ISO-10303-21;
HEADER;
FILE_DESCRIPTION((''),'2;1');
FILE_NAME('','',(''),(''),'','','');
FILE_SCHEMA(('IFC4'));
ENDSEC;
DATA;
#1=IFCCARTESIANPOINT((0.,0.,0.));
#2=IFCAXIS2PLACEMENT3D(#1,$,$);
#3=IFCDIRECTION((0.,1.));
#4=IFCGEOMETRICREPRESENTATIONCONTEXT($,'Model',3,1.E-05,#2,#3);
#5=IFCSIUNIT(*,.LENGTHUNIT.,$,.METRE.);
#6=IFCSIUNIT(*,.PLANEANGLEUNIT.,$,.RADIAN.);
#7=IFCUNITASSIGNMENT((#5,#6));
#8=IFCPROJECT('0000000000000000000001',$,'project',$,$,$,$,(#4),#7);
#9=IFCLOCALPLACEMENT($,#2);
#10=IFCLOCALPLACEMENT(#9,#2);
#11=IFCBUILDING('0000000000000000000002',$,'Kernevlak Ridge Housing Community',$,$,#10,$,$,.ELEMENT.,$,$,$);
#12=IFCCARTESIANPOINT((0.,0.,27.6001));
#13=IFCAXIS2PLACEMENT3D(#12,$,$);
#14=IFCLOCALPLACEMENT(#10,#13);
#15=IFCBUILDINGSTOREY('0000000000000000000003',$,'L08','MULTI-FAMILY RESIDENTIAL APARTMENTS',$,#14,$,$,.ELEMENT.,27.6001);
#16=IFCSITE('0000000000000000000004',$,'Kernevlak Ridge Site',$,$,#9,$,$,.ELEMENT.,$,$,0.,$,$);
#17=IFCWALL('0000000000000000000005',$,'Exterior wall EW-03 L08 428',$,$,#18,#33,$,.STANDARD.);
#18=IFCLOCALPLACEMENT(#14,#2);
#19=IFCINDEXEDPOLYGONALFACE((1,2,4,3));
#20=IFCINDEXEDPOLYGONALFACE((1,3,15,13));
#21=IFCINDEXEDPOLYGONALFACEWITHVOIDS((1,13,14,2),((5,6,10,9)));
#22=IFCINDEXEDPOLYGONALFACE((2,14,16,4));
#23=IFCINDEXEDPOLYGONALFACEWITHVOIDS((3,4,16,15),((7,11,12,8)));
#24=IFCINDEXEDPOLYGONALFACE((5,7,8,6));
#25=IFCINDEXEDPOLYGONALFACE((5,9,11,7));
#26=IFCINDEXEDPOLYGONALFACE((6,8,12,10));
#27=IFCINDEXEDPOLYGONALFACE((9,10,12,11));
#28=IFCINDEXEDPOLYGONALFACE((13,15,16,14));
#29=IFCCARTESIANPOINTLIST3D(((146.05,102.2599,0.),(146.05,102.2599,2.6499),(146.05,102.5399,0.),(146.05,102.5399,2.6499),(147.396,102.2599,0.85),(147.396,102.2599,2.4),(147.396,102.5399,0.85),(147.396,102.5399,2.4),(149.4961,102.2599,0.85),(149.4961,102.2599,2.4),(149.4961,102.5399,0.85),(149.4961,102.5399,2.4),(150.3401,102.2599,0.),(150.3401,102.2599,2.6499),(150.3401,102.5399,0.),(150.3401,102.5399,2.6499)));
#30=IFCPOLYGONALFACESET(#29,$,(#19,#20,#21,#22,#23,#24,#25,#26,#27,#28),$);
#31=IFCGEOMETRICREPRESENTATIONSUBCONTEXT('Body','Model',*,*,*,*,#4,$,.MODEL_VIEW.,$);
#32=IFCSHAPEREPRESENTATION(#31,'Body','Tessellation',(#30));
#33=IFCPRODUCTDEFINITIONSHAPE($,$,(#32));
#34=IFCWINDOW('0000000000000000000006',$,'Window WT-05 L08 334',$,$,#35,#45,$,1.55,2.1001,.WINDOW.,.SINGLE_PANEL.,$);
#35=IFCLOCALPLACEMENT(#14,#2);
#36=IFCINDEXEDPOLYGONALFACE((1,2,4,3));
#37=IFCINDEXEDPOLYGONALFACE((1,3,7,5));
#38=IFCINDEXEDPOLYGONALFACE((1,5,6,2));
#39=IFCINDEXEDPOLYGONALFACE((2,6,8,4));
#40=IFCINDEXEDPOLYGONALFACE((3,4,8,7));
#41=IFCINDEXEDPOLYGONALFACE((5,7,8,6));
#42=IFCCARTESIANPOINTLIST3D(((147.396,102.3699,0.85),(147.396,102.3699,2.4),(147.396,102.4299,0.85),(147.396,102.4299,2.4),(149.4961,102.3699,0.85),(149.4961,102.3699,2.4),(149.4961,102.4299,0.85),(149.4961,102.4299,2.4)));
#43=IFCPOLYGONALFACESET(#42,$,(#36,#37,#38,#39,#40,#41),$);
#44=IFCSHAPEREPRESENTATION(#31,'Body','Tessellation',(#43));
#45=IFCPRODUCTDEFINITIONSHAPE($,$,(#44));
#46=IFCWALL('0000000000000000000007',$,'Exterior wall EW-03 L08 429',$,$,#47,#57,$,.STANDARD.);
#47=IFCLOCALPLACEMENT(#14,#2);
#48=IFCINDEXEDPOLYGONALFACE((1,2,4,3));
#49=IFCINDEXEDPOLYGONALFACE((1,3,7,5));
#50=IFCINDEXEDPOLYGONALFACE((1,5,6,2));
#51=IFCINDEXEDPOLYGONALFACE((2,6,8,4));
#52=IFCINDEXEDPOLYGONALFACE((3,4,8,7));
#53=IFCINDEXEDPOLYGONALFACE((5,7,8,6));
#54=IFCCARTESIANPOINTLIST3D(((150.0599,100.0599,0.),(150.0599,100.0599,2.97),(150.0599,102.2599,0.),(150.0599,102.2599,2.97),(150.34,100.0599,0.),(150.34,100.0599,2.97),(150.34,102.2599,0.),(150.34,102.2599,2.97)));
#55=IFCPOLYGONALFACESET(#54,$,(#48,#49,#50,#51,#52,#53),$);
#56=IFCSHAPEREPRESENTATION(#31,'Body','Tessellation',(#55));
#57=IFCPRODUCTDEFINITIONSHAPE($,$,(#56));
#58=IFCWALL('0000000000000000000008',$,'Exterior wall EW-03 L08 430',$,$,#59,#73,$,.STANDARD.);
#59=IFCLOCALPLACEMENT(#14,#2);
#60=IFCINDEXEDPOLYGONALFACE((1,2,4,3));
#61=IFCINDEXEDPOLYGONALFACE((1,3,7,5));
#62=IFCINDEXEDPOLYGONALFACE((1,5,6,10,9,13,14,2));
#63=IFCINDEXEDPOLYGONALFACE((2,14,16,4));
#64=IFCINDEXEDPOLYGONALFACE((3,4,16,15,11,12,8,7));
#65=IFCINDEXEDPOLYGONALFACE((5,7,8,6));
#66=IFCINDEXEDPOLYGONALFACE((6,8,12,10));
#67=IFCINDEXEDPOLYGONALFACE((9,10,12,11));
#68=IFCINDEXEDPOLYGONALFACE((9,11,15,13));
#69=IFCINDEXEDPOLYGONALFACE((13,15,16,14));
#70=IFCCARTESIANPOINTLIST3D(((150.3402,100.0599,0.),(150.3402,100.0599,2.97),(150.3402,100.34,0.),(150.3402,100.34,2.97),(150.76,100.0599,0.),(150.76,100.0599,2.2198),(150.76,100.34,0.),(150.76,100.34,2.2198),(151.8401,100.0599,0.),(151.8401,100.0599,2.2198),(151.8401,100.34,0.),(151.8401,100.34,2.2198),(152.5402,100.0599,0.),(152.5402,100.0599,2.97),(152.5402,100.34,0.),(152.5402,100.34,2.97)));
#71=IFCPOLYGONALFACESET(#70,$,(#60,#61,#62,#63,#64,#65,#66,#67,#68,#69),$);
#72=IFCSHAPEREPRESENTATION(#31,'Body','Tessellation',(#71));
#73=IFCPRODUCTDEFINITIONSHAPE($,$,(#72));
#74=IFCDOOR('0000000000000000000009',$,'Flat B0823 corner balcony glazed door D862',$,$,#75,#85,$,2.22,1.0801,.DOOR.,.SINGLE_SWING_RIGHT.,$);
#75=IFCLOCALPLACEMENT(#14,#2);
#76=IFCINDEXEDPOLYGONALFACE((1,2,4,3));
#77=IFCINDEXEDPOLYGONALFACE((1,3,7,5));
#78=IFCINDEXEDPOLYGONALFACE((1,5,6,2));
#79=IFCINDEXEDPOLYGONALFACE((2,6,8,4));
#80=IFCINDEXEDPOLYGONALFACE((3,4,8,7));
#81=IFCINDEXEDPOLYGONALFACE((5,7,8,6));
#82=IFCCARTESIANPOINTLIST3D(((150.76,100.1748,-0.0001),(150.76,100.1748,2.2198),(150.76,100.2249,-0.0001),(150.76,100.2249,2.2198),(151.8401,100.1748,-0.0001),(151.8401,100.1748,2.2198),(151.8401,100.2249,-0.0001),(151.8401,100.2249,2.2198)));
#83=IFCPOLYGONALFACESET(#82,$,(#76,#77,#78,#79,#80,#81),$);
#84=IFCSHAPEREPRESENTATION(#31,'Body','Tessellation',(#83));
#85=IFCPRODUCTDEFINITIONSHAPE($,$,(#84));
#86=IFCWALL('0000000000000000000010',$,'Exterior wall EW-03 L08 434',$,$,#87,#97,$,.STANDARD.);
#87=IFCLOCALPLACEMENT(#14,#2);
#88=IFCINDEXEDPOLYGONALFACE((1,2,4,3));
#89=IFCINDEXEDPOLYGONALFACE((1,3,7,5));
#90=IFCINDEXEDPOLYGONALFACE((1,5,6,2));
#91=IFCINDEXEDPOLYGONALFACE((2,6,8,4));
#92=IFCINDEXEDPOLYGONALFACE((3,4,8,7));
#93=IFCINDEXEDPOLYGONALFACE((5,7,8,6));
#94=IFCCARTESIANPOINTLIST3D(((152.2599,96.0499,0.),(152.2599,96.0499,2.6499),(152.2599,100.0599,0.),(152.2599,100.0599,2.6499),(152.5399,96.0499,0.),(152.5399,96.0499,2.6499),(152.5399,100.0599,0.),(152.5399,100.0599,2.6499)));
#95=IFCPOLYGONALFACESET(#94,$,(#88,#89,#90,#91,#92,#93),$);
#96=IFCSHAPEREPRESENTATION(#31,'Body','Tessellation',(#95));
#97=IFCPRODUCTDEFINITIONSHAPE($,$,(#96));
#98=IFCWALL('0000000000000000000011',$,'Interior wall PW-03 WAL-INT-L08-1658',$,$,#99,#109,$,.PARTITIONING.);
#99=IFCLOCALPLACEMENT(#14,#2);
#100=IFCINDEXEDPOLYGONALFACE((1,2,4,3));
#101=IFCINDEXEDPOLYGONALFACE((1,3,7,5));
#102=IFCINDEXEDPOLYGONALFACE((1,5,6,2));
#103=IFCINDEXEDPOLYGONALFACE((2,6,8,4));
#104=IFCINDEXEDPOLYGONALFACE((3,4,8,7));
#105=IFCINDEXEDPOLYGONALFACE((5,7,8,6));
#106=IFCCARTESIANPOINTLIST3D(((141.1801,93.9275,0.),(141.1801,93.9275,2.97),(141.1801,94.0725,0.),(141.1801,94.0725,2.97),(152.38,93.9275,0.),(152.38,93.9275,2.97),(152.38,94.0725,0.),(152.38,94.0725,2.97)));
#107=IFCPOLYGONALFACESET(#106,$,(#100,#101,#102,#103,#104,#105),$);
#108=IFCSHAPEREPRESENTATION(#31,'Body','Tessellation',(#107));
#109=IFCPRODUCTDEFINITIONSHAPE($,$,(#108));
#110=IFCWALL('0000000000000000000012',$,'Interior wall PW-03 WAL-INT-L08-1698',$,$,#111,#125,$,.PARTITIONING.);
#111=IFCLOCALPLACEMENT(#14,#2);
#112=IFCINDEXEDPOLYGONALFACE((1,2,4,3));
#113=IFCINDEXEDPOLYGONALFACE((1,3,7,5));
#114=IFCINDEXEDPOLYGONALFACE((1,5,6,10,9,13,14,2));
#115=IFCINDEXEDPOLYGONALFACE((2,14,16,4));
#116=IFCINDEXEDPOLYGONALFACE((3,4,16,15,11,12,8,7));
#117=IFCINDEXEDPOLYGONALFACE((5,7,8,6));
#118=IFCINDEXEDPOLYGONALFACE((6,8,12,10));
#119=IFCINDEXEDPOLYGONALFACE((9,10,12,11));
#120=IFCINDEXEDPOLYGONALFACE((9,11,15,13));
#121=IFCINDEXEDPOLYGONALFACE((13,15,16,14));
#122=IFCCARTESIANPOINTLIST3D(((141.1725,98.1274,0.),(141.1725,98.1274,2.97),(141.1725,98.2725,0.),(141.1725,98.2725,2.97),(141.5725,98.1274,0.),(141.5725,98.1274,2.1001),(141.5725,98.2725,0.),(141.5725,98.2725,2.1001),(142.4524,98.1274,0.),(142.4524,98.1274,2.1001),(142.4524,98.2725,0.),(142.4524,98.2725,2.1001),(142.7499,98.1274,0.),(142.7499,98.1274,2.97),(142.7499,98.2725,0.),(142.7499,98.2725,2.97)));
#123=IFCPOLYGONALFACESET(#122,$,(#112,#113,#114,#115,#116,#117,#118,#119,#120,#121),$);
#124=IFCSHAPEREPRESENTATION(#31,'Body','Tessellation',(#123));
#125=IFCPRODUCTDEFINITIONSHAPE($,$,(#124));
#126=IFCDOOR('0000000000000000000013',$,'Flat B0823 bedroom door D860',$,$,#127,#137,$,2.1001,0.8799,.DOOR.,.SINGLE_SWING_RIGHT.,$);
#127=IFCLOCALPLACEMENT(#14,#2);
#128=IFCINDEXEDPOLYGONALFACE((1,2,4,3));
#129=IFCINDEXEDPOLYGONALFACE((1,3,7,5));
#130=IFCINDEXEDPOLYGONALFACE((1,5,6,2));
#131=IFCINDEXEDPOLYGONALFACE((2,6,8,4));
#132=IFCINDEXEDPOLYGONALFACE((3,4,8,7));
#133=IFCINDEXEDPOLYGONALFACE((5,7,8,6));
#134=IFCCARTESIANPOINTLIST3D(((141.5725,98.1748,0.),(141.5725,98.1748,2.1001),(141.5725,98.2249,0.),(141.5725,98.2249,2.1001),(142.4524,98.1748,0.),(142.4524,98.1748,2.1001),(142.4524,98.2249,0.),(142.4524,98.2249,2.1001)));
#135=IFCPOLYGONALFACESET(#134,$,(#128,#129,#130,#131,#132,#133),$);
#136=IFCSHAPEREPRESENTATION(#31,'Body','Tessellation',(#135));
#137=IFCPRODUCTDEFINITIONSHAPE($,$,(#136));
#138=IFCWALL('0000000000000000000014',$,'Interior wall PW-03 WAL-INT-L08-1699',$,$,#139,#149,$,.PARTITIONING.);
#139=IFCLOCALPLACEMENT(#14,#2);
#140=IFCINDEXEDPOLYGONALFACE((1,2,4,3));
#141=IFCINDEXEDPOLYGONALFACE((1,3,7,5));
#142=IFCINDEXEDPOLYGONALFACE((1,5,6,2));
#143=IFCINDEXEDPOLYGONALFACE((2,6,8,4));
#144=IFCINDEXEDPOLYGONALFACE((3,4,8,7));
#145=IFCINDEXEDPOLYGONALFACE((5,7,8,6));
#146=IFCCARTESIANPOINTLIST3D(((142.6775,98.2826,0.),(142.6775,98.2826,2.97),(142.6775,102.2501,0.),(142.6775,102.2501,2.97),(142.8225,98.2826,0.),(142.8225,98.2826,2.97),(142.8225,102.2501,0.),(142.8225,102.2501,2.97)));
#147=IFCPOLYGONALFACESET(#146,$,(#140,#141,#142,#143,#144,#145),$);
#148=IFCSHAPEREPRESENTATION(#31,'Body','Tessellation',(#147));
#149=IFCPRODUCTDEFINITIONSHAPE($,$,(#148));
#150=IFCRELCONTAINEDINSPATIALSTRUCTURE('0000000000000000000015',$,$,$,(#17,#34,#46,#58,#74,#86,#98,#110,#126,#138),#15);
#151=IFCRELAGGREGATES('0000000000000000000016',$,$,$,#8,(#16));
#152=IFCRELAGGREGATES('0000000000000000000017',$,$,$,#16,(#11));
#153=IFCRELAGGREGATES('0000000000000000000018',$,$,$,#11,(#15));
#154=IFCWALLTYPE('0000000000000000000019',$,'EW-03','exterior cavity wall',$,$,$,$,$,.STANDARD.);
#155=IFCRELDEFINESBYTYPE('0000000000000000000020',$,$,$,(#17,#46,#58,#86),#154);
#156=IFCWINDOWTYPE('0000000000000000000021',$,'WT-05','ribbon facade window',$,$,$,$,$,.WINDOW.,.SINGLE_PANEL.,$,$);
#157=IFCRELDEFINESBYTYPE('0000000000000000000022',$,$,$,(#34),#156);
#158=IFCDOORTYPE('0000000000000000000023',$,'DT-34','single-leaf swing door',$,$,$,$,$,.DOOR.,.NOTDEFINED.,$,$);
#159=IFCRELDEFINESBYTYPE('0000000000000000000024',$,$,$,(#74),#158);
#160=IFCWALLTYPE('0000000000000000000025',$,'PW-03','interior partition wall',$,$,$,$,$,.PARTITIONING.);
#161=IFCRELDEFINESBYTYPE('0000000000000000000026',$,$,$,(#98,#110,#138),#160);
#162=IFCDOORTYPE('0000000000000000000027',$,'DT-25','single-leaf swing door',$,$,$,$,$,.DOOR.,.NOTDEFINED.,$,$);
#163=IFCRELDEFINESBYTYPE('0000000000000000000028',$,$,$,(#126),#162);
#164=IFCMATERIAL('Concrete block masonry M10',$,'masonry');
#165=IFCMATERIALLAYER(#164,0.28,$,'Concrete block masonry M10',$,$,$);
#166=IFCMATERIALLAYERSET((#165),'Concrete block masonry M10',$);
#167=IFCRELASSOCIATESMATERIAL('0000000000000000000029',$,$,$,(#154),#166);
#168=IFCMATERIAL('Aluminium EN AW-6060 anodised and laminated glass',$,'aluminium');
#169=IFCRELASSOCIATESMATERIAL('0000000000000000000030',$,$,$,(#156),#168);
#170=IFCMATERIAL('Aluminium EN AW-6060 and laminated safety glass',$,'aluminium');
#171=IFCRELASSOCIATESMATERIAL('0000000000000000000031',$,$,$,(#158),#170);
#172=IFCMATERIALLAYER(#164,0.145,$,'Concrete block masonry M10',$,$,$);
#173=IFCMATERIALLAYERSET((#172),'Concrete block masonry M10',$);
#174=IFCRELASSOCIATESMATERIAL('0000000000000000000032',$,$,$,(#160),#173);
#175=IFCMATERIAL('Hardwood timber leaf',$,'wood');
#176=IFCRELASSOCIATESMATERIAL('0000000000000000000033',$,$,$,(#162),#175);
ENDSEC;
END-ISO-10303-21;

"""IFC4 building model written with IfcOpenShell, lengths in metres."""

from ifc_helpers import new_model, si_unit, direction, frame, frame_2d, origin, place, context, subcontext, project, spatial, rectangle, extrude, material, layer, layer_set, type_object, element, fill, save


model = new_model("IFC4")

# Units and contexts
model_context = context("Model", 3, precision=1e-05, world=origin(), true_north=direction((0.0, 1.0)))
body_context = subcontext(model_context, "Body", "Model", "MODEL_VIEW")
ifc_project = project(units=[si_unit("LENGTHUNIT", "METRE"), si_unit("PLANEANGLEUNIT", "RADIAN")], contexts=[model_context])

# Site, building, storey
site_placement = place(None, origin())
site = spatial("IfcSite", under=ifc_project, at=site_placement, Name="Kernevlak Ridge Site", CompositionType="ELEMENT", RefElevation=0.0)
building_placement = place(site_placement, origin())
building = spatial("IfcBuilding", under=site, at=building_placement, Name="Kernevlak Ridge Housing Community", CompositionType="ELEMENT")
storey_placement = place(building_placement, frame((0.0, 0.0, 27.6001)))
storey = spatial("IfcBuildingStorey", under=building, at=storey_placement, Name="L08", Description="MULTI-FAMILY RESIDENTIAL APARTMENTS", CompositionType="ELEMENT", Elevation=27.6001)

# Shared definitions
ifc_material_1 = material(Name="Aluminium EN AW-6060 anodised and laminated glass", Category="aluminium")

# Wall, opening, window
ifc_material_2 = material(Name="Concrete block masonry M10", Category="masonry")
ifc_layer_1 = layer(ifc_material_2, 0.28, Name="Concrete block masonry M10")
ifc_layer_set_1 = layer_set([ifc_layer_1], Name="Concrete block masonry M10")
wall_type_1 = type_object("IfcWallType", Name="EW-03", Description="exterior cavity wall", PredefinedType="STANDARD", material=ifc_layer_set_1)
wall_1_placement = place(storey_placement, frame((146.05, 102.3999, 0.0), z_axis=(0.0, 0.0, 1.0), x_axis=(1.0, 0.0, 0.0)))
wall_1 = element("IfcWall", 1, at=wall_1_placement, inside=storey, type_object=wall_type_1, Name="Exterior wall EW-03 L08 428", PredefinedType="STANDARD", context=body_context, shape_type="SweptSolid", body=[
    extrude(rectangle(XDim=4.29, YDim=0.28, at=frame_2d((2.145, 0.0))), origin(), (0.0, 0.0, 1.0), 2.6499),
])
opening_1_placement = place(wall_1_placement, frame((1.3459, 0.0, 0.8501)))
opening_1 = element("IfcOpeningElement", 2, at=opening_1_placement, cuts=wall_1, PredefinedType="OPENING", context=body_context, shape_type="SweptSolid", body=[
    extrude(rectangle(XDim=2.1001, YDim=1.55, at=frame_2d((1.05, 0.7749))), frame((0.0, 0.1499, 0.0), z_axis=(0.0, -1.0, 0.0), x_axis=(1.0, 0.0, 0.0)), (0.0, 0.0, 1.0), 0.3),
])
window_type = type_object("IfcWindowType", Name="WT-05", Description="ribbon facade window", PartitioningType="SINGLE_PANEL", PredefinedType="WINDOW", material=ifc_material_1)
window_placement = place(opening_1_placement, origin())
window = element("IfcWindow", 3, at=window_placement, inside=storey, type_object=window_type, Name="Window WT-05 L08 334", OverallHeight=1.55, OverallWidth=2.1001, PartitioningType="SINGLE_PANEL", PredefinedType="WINDOW", context=body_context, shape_type="SweptSolid", body=[
    extrude(rectangle(XDim=2.1001, YDim=1.55, at=frame_2d((1.05, 0.7749))), frame((0.0, 0.03, 0.0), z_axis=(0.0, -1.0, 0.0), x_axis=(1.0, 0.0, 0.0)), (0.0, 0.0, 1.0), 0.0601),
])
fill(opening_1, window)

# Wall
wall_2_placement = place(storey_placement, frame((150.2, 102.26, 0.0), z_axis=(0.0, 0.0, 1.0), x_axis=(0.0, -1.0, 0.0)))
element("IfcWall", 4, at=wall_2_placement, inside=storey, type_object=wall_type_1, Name="Exterior wall EW-03 L08 429", PredefinedType="STANDARD", context=body_context, shape_type="SweptSolid", body=[
    extrude(rectangle(XDim=2.2, YDim=0.28, at=frame_2d((1.1001, 0.0))), origin(), (0.0, 0.0, 1.0), 2.97),
])

# Wall, opening, door
wall_3_placement = place(storey_placement, frame((150.3401, 100.2, 0.0), z_axis=(0.0, 0.0, 1.0), x_axis=(1.0, 0.0, 0.0)))
wall_3 = element("IfcWall", 5, at=wall_3_placement, inside=storey, type_object=wall_type_1, Name="Exterior wall EW-03 L08 430", PredefinedType="STANDARD", context=body_context, shape_type="SweptSolid", body=[
    extrude(rectangle(XDim=2.2, YDim=0.28, at=frame_2d((1.1001, 0.0))), origin(), (0.0, 0.0, 1.0), 2.97),
])
opening_2_placement = place(wall_3_placement, frame((0.4199, 0.0, 0.0)))
opening_2 = element("IfcOpeningElement", 6, at=opening_2_placement, cuts=wall_3, PredefinedType="OPENING", context=body_context, shape_type="SweptSolid", body=[
    extrude(rectangle(XDim=1.0801, YDim=2.22, at=frame_2d((0.54, 1.1099))), frame((0.0, 0.1499, 0.0), z_axis=(0.0, -1.0, 0.0), x_axis=(1.0, 0.0, 0.0)), (0.0, 0.0, 1.0), 0.3),
])
ifc_material_3 = material(Name="Aluminium EN AW-6060 and laminated safety glass", Category="aluminium")
door_type_1 = type_object("IfcDoorType", Name="DT-34", Description="single-leaf swing door", OperationType="NOTDEFINED", PredefinedType="DOOR", material=ifc_material_3)
door_1_placement = place(opening_2_placement, origin())
door_1 = element("IfcDoor", 7, at=door_1_placement, inside=storey, type_object=door_type_1, Name="Flat B0823 corner balcony glazed door D862", OperationType="SINGLE_SWING_RIGHT", OverallHeight=2.22, OverallWidth=1.0801, PredefinedType="DOOR", context=body_context, shape_type="SweptSolid", body=[
    extrude(rectangle(XDim=1.0801, YDim=2.22, at=frame_2d((0.54, 1.1099))), frame((0.0, 0.0249, 0.0), z_axis=(0.0, -1.0, 0.0), x_axis=(1.0, 0.0, 0.0)), (0.0, 0.0, 1.0), 0.05),
])
fill(opening_2, door_1)

# Walls
wall_4_placement = place(storey_placement, frame((152.3999, 96.05, 0.0), z_axis=(0.0, 0.0, 1.0), x_axis=(0.0, 1.0, 0.0)))
element("IfcWall", 8, at=wall_4_placement, inside=storey, type_object=wall_type_1, Name="Exterior wall EW-03 L08 434", PredefinedType="STANDARD", context=body_context, shape_type="SweptSolid", body=[
    extrude(rectangle(XDim=4.01, YDim=0.28, at=frame_2d((2.0049, 0.0))), origin(), (0.0, 0.0, 1.0), 2.6499),
])
ifc_layer_2 = layer(ifc_material_2, 0.145, Name="Concrete block masonry M10")
ifc_layer_set_2 = layer_set([ifc_layer_2], Name="Concrete block masonry M10")
wall_type_2 = type_object("IfcWallType", Name="PW-03", Description="interior partition wall", PredefinedType="PARTITIONING", material=ifc_layer_set_2)
wall_5_placement = place(storey_placement, frame((141.1799, 94.0, 0.0), z_axis=(0.0, 0.0, 1.0), x_axis=(1.0, 0.0, 0.0)))
element("IfcWall", 9, at=wall_5_placement, inside=storey, type_object=wall_type_2, Name="Interior wall PW-03 WAL-INT-L08-1658", PredefinedType="PARTITIONING", context=body_context, shape_type="SweptSolid", body=[
    extrude(rectangle(XDim=11.2, YDim=0.145, at=frame_2d((5.6001, 0.0))), origin(), (0.0, 0.0, 1.0), 2.97),
])

# Wall, opening, door
wall_6_placement = place(storey_placement, frame((141.1726, 98.2, 0.0), z_axis=(0.0, 0.0, 1.0), x_axis=(1.0, 0.0, 0.0)))
wall_6 = element("IfcWall", 10, at=wall_6_placement, inside=storey, type_object=wall_type_2, Name="Interior wall PW-03 WAL-INT-L08-1698", PredefinedType="PARTITIONING", context=body_context, shape_type="SweptSolid", body=[
    extrude(rectangle(XDim=1.5774, YDim=0.145, at=frame_2d((0.7886, 0.0))), origin(), (0.0, 0.0, 1.0), 2.97),
])
opening_3_placement = place(wall_6_placement, frame((0.3999, 0.0, 0.0)))
opening_3 = element("IfcOpeningElement", 11, at=opening_3_placement, cuts=wall_6, PredefinedType="OPENING", context=body_context, shape_type="SweptSolid", body=[
    extrude(rectangle(XDim=0.8799, YDim=2.1001, at=frame_2d((0.4399, 1.05))), frame((0.0, 0.0825, 0.0), z_axis=(0.0, -1.0, 0.0), x_axis=(1.0, 0.0, 0.0)), (0.0, 0.0, 1.0), 0.165),
])
ifc_material_4 = material(Name="Hardwood timber leaf", Category="wood")
door_type_2 = type_object("IfcDoorType", Name="DT-25", Description="single-leaf swing door", OperationType="NOTDEFINED", PredefinedType="DOOR", material=ifc_material_4)
door_2_placement = place(opening_3_placement, origin())
door_2 = element("IfcDoor", 12, at=door_2_placement, inside=storey, type_object=door_type_2, Name="Flat B0823 bedroom door D860", OperationType="SINGLE_SWING_RIGHT", OverallHeight=2.1001, OverallWidth=0.8799, PredefinedType="DOOR", context=body_context, shape_type="SweptSolid", body=[
    extrude(rectangle(XDim=0.8799, YDim=2.1001, at=frame_2d((0.4399, 1.05))), frame((0.0, 0.0249, 0.0), z_axis=(0.0, -1.0, 0.0), x_axis=(1.0, 0.0, 0.0)), (0.0, 0.0, 1.0), 0.05),
])
fill(opening_3, door_2)

# Wall
wall_7_placement = place(storey_placement, frame((142.75, 98.2825, 0.0), z_axis=(0.0, 0.0, 1.0), x_axis=(0.0, 1.0, 0.0)))
element("IfcWall", 13, at=wall_7_placement, inside=storey, type_object=wall_type_2, Name="Interior wall PW-03 WAL-INT-L08-1699", PredefinedType="PARTITIONING", context=body_context, shape_type="SweptSolid", body=[
    extrude(rectangle(XDim=3.9675, YDim=0.145, at=frame_2d((1.9839, 0.0))), origin(), (0.0, 0.0, 1.0), 2.97),
])

save(model, "model.ifc")
